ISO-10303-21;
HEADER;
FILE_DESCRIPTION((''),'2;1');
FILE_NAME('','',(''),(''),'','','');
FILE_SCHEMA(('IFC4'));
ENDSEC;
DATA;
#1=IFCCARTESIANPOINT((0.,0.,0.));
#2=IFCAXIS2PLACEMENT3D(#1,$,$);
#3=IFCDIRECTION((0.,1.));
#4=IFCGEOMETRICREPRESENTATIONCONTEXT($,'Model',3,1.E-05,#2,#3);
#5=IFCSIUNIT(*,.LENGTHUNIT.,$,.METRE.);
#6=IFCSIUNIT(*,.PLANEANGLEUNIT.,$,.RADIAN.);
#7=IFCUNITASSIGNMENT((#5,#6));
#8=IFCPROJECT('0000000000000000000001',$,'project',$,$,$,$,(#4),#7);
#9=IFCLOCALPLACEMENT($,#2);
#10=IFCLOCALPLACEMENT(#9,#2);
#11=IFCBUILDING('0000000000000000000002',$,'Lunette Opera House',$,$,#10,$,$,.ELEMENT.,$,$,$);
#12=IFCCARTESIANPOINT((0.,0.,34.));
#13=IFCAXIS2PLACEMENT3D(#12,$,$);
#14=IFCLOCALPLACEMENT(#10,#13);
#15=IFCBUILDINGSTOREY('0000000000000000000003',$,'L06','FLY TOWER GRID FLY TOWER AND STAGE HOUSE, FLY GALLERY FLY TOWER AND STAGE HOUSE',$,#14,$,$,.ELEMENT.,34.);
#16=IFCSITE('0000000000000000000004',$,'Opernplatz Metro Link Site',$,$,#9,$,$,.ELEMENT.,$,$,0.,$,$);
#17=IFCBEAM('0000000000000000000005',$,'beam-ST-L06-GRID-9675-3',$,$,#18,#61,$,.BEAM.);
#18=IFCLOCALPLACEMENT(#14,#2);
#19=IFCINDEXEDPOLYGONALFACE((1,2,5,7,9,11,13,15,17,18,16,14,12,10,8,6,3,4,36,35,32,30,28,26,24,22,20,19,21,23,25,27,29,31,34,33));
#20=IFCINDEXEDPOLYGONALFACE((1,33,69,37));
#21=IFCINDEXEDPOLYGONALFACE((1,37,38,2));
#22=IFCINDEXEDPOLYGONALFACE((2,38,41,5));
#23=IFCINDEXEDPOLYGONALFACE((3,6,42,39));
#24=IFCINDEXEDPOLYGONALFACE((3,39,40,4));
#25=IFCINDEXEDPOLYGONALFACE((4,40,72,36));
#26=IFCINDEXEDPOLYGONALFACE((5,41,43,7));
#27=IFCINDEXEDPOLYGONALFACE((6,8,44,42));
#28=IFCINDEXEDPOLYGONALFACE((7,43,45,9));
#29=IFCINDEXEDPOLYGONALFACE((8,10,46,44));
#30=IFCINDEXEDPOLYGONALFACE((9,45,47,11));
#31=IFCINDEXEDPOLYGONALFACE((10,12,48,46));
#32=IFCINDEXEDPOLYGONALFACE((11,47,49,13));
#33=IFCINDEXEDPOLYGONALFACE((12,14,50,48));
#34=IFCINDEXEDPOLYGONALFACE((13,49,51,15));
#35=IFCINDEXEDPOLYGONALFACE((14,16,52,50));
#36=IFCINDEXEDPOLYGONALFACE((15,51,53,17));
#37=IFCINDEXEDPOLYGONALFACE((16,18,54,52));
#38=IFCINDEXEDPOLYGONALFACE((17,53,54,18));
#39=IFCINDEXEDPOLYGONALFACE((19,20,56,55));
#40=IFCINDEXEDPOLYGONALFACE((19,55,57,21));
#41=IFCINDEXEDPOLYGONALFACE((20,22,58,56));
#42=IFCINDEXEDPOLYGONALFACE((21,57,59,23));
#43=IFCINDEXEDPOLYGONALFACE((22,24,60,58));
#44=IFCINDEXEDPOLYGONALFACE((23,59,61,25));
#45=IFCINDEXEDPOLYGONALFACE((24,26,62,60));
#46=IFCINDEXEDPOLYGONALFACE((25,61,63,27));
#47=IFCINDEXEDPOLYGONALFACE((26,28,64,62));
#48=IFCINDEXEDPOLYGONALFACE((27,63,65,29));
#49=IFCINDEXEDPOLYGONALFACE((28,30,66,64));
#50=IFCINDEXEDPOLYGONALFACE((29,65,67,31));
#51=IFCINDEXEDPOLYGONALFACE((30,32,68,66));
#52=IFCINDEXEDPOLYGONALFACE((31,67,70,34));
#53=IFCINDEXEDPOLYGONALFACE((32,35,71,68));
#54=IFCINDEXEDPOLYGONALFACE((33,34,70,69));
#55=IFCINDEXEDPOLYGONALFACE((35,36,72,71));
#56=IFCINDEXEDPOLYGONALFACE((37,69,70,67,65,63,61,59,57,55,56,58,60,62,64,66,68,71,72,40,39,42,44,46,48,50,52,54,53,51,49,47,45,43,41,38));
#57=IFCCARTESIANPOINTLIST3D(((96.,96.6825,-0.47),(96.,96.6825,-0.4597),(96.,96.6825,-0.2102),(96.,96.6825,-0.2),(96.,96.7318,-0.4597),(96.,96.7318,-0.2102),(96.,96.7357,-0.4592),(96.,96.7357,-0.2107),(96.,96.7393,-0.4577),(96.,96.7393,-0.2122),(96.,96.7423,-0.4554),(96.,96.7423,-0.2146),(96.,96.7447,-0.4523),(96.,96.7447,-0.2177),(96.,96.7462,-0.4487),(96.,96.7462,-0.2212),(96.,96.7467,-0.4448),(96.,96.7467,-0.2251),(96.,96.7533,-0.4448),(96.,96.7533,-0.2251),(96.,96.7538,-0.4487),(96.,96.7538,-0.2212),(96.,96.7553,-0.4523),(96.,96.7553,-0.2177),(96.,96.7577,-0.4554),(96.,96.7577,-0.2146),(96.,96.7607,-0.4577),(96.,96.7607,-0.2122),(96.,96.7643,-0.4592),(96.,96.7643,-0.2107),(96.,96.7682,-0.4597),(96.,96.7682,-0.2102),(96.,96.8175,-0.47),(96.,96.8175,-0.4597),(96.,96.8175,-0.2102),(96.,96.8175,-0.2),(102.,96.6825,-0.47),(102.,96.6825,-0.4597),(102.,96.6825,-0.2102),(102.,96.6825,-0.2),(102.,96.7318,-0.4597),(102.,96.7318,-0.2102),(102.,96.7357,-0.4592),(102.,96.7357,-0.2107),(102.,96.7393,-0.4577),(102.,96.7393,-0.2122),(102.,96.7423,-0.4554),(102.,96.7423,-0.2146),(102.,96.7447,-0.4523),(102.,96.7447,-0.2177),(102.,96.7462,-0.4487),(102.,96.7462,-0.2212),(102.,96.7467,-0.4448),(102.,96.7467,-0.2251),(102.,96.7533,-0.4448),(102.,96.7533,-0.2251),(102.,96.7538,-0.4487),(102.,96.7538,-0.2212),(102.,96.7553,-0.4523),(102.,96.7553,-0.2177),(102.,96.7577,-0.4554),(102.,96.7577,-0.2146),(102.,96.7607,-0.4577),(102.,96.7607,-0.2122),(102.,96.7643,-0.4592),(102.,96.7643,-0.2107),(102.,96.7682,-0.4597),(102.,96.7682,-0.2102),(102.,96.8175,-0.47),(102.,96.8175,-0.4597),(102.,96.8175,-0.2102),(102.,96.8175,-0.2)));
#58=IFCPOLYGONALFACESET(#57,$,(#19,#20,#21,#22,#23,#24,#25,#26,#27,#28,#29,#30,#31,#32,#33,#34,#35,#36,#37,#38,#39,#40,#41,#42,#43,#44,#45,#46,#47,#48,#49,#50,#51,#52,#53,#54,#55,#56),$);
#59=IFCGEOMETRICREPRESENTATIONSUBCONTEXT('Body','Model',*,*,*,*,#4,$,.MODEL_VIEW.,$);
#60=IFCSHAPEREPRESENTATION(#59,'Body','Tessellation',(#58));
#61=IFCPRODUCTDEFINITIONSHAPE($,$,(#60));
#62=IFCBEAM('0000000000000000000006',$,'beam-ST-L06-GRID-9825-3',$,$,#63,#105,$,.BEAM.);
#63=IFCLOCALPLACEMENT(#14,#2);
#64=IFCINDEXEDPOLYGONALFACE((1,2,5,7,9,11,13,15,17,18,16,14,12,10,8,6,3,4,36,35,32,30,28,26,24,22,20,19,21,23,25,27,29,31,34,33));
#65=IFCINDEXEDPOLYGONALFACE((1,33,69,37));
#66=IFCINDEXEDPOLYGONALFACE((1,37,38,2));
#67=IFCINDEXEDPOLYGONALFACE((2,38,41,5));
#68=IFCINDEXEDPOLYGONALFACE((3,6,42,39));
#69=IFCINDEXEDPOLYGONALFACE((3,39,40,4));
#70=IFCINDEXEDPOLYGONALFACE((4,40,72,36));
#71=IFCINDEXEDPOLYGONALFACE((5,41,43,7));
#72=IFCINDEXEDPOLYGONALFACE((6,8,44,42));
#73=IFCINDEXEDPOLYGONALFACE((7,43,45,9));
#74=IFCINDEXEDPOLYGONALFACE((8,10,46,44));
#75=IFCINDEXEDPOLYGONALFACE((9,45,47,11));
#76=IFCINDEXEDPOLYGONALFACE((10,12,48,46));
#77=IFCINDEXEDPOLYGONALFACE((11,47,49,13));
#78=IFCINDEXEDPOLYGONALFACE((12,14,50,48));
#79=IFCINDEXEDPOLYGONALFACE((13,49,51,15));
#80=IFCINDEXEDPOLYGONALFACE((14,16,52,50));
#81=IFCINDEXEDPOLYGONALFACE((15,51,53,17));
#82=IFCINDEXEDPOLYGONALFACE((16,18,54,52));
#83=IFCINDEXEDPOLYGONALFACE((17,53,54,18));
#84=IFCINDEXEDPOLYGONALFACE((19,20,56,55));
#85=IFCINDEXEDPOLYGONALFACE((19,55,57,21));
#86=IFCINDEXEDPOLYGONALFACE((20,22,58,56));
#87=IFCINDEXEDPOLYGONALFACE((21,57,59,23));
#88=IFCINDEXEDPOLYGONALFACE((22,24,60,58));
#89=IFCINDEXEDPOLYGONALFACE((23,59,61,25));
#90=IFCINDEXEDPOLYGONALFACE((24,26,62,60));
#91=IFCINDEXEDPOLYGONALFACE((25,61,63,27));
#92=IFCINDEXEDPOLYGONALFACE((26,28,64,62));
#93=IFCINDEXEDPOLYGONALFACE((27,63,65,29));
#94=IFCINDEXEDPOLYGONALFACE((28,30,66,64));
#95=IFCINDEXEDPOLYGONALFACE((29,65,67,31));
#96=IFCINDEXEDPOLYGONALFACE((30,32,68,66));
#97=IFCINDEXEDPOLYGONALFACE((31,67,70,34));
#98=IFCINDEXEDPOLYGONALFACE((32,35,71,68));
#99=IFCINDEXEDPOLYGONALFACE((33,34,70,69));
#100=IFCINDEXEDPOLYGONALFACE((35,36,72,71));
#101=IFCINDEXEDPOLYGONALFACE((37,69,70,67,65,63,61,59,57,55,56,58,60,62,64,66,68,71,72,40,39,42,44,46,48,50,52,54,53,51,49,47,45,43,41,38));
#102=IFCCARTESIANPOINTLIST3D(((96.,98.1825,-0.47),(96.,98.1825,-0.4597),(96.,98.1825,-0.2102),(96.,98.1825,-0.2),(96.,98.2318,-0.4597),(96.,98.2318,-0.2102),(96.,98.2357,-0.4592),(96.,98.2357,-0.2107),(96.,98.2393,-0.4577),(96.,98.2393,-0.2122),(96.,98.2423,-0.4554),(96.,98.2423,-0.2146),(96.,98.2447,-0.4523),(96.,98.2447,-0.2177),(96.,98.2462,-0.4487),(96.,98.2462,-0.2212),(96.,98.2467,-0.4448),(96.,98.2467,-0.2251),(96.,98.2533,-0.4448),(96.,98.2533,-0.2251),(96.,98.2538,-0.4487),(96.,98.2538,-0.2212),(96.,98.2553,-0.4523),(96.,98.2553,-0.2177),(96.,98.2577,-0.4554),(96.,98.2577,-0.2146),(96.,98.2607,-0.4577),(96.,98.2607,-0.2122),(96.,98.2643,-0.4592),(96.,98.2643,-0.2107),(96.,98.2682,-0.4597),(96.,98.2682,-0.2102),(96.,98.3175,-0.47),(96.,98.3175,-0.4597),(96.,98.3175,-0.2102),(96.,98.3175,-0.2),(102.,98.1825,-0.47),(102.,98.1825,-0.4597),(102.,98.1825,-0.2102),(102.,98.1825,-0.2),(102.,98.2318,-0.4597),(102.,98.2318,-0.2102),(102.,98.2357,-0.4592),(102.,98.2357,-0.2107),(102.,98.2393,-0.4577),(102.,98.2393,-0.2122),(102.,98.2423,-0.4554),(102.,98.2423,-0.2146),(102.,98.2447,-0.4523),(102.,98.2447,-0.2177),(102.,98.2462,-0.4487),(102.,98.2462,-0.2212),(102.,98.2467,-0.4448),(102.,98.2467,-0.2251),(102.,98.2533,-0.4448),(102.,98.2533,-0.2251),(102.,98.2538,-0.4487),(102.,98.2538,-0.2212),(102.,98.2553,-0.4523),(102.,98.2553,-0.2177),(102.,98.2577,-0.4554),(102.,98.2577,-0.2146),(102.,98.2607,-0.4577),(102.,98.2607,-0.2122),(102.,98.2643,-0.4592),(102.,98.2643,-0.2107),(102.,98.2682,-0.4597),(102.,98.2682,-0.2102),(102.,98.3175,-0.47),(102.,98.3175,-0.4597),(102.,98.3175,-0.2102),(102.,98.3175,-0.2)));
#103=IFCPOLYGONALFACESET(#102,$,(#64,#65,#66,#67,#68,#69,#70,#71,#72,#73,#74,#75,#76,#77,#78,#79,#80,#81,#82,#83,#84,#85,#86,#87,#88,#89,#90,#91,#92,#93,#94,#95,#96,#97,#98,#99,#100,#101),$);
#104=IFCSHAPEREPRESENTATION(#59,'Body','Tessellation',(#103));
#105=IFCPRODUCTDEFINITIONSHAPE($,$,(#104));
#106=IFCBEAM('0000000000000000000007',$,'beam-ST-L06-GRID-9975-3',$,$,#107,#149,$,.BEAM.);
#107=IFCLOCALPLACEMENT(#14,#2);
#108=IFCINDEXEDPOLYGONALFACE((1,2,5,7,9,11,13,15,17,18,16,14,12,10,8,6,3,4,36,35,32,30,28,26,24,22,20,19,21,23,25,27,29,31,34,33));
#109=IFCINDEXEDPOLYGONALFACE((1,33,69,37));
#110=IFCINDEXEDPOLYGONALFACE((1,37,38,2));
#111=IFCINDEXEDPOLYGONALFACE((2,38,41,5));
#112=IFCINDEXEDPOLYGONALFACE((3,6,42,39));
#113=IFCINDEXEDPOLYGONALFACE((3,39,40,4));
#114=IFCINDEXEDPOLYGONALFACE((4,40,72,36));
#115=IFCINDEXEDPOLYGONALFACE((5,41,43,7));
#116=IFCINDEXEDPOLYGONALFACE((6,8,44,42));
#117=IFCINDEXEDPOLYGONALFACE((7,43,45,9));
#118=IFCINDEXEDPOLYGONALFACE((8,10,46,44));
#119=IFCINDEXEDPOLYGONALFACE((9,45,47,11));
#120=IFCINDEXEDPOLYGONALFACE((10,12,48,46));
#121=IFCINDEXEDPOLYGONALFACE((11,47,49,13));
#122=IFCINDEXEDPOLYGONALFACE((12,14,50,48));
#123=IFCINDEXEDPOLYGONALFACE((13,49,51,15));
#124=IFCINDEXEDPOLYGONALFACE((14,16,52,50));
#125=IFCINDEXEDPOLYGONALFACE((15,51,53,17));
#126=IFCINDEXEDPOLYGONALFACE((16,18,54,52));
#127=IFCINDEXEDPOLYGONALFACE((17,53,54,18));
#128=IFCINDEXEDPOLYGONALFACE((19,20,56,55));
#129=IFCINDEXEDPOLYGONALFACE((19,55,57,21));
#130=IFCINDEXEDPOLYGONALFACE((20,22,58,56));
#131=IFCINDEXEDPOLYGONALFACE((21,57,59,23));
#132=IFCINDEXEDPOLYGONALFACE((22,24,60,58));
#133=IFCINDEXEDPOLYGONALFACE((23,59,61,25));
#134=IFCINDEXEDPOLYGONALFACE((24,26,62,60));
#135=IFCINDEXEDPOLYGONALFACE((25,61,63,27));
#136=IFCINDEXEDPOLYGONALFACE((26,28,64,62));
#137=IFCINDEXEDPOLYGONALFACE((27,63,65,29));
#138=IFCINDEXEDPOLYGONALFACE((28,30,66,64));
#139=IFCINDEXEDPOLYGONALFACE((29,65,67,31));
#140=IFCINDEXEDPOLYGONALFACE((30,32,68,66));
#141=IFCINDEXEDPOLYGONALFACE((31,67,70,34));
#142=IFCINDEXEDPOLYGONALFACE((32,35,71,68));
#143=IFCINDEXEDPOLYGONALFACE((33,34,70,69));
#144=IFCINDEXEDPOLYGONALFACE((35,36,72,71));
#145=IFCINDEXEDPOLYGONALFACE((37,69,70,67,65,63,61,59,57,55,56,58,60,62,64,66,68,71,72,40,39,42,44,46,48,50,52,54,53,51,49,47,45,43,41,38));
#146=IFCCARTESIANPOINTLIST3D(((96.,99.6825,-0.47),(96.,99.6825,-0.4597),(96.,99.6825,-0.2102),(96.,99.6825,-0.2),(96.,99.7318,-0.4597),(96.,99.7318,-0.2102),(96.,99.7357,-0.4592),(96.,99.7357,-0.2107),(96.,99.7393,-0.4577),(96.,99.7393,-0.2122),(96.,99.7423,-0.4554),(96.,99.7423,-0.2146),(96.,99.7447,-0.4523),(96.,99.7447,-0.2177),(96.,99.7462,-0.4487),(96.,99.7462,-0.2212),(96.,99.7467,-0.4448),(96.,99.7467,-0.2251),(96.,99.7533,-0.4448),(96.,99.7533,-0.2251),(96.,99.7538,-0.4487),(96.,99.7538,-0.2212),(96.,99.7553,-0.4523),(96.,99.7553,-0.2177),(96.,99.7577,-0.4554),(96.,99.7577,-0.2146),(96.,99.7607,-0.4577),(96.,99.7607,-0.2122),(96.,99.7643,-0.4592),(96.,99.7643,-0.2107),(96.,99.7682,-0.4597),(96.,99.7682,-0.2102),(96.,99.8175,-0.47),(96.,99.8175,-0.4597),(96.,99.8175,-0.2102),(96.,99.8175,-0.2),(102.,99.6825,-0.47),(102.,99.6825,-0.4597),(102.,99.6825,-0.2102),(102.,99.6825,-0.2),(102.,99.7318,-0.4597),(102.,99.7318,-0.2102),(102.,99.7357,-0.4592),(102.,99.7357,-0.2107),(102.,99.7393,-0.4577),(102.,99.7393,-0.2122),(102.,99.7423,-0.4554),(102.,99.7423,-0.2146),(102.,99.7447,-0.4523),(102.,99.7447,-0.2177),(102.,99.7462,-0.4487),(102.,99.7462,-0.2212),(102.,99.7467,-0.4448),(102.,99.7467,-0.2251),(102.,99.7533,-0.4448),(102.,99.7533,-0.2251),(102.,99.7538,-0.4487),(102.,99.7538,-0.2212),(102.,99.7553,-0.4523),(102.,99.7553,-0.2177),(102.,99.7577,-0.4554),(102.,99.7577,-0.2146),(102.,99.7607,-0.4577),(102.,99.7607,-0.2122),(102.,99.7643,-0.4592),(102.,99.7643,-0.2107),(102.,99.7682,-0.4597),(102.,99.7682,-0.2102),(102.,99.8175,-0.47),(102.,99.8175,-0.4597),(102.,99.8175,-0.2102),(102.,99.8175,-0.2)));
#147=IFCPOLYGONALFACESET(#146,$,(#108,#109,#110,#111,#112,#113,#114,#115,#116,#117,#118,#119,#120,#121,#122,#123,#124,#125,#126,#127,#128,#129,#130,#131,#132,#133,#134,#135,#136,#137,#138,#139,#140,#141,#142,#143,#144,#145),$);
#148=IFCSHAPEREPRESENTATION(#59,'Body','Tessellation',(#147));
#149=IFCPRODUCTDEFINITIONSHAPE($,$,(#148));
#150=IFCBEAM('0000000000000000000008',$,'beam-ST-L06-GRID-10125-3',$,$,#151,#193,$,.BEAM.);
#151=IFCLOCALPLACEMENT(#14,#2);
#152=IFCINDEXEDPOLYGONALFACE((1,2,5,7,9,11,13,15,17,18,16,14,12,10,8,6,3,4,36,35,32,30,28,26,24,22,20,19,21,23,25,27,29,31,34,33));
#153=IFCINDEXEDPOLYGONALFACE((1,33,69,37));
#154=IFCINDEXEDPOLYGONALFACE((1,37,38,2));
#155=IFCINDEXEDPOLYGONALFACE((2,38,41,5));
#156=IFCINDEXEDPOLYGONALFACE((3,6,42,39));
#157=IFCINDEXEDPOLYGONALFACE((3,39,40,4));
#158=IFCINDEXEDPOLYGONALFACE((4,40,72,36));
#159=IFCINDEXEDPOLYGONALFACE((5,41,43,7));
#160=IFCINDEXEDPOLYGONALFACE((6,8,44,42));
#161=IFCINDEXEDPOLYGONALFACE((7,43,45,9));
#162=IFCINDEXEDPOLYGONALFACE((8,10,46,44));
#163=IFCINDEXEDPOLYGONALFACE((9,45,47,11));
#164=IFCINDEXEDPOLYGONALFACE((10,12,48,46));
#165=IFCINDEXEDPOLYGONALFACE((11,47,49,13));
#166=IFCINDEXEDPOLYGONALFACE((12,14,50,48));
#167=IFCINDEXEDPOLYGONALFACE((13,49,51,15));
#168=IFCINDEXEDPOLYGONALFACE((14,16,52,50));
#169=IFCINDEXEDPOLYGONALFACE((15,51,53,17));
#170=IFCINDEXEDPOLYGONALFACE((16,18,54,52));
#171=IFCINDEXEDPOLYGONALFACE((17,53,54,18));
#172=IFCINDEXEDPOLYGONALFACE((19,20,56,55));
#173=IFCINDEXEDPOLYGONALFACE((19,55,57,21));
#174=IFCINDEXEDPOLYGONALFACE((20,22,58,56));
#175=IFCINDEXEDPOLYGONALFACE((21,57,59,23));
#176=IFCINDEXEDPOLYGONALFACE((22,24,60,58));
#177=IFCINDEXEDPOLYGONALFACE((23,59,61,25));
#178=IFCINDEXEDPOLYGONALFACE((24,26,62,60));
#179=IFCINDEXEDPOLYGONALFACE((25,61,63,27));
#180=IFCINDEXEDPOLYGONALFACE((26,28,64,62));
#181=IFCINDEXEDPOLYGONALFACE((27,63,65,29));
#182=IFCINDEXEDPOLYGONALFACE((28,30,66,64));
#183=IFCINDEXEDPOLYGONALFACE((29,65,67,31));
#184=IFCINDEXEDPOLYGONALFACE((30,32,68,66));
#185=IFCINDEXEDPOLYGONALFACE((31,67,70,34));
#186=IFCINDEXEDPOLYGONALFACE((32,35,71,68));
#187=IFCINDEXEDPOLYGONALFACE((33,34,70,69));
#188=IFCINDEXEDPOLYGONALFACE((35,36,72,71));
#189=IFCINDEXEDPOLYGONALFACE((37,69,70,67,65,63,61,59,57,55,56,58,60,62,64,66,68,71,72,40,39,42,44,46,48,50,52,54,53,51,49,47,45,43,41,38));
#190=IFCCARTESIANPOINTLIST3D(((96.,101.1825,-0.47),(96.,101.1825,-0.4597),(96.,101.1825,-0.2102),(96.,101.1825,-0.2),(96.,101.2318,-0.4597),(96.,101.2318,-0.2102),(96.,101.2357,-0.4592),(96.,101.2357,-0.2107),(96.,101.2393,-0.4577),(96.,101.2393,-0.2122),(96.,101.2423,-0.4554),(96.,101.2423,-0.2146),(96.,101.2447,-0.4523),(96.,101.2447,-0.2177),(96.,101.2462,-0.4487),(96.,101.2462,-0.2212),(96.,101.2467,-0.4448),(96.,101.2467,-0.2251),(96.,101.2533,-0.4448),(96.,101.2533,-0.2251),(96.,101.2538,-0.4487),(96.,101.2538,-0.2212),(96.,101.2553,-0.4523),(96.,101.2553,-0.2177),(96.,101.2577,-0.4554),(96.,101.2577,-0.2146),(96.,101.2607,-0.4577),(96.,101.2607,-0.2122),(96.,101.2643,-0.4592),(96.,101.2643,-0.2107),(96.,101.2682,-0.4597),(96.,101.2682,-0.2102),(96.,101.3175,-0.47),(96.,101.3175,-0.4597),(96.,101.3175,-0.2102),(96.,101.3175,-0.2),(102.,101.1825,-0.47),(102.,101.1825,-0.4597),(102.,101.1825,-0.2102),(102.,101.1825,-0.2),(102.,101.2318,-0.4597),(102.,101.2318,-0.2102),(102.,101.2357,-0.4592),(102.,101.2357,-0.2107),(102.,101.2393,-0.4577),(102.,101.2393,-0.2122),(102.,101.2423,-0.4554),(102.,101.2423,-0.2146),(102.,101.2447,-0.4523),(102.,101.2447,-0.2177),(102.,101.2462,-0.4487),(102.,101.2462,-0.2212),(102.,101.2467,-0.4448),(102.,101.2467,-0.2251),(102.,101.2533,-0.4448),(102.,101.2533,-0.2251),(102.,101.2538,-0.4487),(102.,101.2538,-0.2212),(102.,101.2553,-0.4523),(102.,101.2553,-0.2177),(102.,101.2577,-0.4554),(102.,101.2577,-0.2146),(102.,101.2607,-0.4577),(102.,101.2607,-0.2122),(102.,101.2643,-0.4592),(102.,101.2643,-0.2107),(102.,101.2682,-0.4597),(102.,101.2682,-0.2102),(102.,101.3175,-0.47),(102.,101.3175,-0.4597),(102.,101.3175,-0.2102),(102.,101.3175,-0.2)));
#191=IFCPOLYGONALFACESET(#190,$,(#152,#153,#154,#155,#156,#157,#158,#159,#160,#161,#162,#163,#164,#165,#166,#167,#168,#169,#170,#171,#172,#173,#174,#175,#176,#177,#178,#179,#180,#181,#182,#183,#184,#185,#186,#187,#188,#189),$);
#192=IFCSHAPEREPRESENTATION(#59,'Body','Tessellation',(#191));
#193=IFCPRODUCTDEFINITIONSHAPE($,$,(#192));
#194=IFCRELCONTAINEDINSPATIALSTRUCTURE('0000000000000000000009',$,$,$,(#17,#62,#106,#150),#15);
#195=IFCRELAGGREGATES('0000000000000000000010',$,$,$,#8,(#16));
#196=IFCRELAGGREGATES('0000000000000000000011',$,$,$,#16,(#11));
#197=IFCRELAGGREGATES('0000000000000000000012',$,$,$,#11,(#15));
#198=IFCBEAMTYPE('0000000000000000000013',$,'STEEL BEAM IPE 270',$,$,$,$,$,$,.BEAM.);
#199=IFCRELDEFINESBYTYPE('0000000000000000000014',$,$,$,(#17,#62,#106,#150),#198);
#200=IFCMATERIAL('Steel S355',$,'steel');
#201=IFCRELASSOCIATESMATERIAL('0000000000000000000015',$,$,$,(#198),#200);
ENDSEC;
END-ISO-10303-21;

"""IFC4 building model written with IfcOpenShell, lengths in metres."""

from ifc_helpers import new_model, si_unit, direction, frame, origin, origin_2d, place, context, subcontext, project, spatial, i_section, extrude, material, material_profile, profile_set, type_object, element, save


model = new_model("IFC4")

# Units and contexts
model_context = context("Model", 3, precision=1e-05, world=origin(), true_north=direction((0.0, 1.0)))
body_context = subcontext(model_context, "Body", "Model", "MODEL_VIEW")
ifc_project = project(units=[si_unit("LENGTHUNIT", "METRE"), si_unit("PLANEANGLEUNIT", "RADIAN")], contexts=[model_context])

# Site, building, storey
site_placement = place(None, origin())
site = spatial("IfcSite", under=ifc_project, at=site_placement, Name="Opernplatz Metro Link Site", CompositionType="ELEMENT", RefElevation=0.0)
building_placement = place(site_placement, origin())
building = spatial("IfcBuilding", under=site, at=building_placement, Name="Lunette Opera House", CompositionType="ELEMENT")
storey_placement = place(building_placement, frame((0.0, 0.0, 34.0)))
storey = spatial("IfcBuildingStorey", under=building, at=storey_placement, Name="L06", Description="FLY TOWER GRID FLY TOWER AND STAGE HOUSE, FLY GALLERY FLY TOWER AND STAGE HOUSE", CompositionType="ELEMENT", Elevation=34.0)

# Beams
ifc_material_1 = material(Name="Steel S355", Category="steel")
ifc_material_profile_1 = material_profile(ifc_material_1, i_section(OverallWidth=0.135, OverallDepth=0.27, WebThickness=0.0066, FlangeThickness=0.0103, FilletRadius=0.0149, at=origin_2d()), Name="IPE 270")
ifc_profile_set_1 = profile_set([ifc_material_profile_1], Name="Steel S355")
beam_type = type_object("IfcBeamType", Name="STEEL BEAM IPE 270", PredefinedType="BEAM", material=ifc_profile_set_1)
for number, where, z_axis, x_axis, name in (
    (1, (96.0, 96.75, -0.335), (1.0, 0.0, 0.0), (0.0, 1.0, 0.0), "beam-ST-L06-GRID-9675-3"),
    (2, (96.0, 98.25, -0.335), (1.0, 0.0, 0.0), (0.0, 1.0, 0.0), "beam-ST-L06-GRID-9825-3"),
    (3, (96.0, 99.75, -0.335), (1.0, 0.0, 0.0), (0.0, 1.0, 0.0), "beam-ST-L06-GRID-9975-3"),
    (4, (96.0, 101.25, -0.335), (1.0, 0.0, 0.0), (0.0, 1.0, 0.0), "beam-ST-L06-GRID-10125-3"),
):
    element("IfcBeam", number, at=place(storey_placement, frame(where, z_axis=z_axis, x_axis=x_axis)), inside=storey, type_object=beam_type, Name=name, PredefinedType="BEAM", context=body_context, shape_type="SweptSolid", body=[
        extrude(i_section(OverallWidth=0.135, OverallDepth=0.27, WebThickness=0.0066, FlangeThickness=0.0103, FilletRadius=0.0149, at=origin_2d()), origin(), (0.0, 0.0, 1.0), 6.0),
    ])

save(model, "model.ifc")
